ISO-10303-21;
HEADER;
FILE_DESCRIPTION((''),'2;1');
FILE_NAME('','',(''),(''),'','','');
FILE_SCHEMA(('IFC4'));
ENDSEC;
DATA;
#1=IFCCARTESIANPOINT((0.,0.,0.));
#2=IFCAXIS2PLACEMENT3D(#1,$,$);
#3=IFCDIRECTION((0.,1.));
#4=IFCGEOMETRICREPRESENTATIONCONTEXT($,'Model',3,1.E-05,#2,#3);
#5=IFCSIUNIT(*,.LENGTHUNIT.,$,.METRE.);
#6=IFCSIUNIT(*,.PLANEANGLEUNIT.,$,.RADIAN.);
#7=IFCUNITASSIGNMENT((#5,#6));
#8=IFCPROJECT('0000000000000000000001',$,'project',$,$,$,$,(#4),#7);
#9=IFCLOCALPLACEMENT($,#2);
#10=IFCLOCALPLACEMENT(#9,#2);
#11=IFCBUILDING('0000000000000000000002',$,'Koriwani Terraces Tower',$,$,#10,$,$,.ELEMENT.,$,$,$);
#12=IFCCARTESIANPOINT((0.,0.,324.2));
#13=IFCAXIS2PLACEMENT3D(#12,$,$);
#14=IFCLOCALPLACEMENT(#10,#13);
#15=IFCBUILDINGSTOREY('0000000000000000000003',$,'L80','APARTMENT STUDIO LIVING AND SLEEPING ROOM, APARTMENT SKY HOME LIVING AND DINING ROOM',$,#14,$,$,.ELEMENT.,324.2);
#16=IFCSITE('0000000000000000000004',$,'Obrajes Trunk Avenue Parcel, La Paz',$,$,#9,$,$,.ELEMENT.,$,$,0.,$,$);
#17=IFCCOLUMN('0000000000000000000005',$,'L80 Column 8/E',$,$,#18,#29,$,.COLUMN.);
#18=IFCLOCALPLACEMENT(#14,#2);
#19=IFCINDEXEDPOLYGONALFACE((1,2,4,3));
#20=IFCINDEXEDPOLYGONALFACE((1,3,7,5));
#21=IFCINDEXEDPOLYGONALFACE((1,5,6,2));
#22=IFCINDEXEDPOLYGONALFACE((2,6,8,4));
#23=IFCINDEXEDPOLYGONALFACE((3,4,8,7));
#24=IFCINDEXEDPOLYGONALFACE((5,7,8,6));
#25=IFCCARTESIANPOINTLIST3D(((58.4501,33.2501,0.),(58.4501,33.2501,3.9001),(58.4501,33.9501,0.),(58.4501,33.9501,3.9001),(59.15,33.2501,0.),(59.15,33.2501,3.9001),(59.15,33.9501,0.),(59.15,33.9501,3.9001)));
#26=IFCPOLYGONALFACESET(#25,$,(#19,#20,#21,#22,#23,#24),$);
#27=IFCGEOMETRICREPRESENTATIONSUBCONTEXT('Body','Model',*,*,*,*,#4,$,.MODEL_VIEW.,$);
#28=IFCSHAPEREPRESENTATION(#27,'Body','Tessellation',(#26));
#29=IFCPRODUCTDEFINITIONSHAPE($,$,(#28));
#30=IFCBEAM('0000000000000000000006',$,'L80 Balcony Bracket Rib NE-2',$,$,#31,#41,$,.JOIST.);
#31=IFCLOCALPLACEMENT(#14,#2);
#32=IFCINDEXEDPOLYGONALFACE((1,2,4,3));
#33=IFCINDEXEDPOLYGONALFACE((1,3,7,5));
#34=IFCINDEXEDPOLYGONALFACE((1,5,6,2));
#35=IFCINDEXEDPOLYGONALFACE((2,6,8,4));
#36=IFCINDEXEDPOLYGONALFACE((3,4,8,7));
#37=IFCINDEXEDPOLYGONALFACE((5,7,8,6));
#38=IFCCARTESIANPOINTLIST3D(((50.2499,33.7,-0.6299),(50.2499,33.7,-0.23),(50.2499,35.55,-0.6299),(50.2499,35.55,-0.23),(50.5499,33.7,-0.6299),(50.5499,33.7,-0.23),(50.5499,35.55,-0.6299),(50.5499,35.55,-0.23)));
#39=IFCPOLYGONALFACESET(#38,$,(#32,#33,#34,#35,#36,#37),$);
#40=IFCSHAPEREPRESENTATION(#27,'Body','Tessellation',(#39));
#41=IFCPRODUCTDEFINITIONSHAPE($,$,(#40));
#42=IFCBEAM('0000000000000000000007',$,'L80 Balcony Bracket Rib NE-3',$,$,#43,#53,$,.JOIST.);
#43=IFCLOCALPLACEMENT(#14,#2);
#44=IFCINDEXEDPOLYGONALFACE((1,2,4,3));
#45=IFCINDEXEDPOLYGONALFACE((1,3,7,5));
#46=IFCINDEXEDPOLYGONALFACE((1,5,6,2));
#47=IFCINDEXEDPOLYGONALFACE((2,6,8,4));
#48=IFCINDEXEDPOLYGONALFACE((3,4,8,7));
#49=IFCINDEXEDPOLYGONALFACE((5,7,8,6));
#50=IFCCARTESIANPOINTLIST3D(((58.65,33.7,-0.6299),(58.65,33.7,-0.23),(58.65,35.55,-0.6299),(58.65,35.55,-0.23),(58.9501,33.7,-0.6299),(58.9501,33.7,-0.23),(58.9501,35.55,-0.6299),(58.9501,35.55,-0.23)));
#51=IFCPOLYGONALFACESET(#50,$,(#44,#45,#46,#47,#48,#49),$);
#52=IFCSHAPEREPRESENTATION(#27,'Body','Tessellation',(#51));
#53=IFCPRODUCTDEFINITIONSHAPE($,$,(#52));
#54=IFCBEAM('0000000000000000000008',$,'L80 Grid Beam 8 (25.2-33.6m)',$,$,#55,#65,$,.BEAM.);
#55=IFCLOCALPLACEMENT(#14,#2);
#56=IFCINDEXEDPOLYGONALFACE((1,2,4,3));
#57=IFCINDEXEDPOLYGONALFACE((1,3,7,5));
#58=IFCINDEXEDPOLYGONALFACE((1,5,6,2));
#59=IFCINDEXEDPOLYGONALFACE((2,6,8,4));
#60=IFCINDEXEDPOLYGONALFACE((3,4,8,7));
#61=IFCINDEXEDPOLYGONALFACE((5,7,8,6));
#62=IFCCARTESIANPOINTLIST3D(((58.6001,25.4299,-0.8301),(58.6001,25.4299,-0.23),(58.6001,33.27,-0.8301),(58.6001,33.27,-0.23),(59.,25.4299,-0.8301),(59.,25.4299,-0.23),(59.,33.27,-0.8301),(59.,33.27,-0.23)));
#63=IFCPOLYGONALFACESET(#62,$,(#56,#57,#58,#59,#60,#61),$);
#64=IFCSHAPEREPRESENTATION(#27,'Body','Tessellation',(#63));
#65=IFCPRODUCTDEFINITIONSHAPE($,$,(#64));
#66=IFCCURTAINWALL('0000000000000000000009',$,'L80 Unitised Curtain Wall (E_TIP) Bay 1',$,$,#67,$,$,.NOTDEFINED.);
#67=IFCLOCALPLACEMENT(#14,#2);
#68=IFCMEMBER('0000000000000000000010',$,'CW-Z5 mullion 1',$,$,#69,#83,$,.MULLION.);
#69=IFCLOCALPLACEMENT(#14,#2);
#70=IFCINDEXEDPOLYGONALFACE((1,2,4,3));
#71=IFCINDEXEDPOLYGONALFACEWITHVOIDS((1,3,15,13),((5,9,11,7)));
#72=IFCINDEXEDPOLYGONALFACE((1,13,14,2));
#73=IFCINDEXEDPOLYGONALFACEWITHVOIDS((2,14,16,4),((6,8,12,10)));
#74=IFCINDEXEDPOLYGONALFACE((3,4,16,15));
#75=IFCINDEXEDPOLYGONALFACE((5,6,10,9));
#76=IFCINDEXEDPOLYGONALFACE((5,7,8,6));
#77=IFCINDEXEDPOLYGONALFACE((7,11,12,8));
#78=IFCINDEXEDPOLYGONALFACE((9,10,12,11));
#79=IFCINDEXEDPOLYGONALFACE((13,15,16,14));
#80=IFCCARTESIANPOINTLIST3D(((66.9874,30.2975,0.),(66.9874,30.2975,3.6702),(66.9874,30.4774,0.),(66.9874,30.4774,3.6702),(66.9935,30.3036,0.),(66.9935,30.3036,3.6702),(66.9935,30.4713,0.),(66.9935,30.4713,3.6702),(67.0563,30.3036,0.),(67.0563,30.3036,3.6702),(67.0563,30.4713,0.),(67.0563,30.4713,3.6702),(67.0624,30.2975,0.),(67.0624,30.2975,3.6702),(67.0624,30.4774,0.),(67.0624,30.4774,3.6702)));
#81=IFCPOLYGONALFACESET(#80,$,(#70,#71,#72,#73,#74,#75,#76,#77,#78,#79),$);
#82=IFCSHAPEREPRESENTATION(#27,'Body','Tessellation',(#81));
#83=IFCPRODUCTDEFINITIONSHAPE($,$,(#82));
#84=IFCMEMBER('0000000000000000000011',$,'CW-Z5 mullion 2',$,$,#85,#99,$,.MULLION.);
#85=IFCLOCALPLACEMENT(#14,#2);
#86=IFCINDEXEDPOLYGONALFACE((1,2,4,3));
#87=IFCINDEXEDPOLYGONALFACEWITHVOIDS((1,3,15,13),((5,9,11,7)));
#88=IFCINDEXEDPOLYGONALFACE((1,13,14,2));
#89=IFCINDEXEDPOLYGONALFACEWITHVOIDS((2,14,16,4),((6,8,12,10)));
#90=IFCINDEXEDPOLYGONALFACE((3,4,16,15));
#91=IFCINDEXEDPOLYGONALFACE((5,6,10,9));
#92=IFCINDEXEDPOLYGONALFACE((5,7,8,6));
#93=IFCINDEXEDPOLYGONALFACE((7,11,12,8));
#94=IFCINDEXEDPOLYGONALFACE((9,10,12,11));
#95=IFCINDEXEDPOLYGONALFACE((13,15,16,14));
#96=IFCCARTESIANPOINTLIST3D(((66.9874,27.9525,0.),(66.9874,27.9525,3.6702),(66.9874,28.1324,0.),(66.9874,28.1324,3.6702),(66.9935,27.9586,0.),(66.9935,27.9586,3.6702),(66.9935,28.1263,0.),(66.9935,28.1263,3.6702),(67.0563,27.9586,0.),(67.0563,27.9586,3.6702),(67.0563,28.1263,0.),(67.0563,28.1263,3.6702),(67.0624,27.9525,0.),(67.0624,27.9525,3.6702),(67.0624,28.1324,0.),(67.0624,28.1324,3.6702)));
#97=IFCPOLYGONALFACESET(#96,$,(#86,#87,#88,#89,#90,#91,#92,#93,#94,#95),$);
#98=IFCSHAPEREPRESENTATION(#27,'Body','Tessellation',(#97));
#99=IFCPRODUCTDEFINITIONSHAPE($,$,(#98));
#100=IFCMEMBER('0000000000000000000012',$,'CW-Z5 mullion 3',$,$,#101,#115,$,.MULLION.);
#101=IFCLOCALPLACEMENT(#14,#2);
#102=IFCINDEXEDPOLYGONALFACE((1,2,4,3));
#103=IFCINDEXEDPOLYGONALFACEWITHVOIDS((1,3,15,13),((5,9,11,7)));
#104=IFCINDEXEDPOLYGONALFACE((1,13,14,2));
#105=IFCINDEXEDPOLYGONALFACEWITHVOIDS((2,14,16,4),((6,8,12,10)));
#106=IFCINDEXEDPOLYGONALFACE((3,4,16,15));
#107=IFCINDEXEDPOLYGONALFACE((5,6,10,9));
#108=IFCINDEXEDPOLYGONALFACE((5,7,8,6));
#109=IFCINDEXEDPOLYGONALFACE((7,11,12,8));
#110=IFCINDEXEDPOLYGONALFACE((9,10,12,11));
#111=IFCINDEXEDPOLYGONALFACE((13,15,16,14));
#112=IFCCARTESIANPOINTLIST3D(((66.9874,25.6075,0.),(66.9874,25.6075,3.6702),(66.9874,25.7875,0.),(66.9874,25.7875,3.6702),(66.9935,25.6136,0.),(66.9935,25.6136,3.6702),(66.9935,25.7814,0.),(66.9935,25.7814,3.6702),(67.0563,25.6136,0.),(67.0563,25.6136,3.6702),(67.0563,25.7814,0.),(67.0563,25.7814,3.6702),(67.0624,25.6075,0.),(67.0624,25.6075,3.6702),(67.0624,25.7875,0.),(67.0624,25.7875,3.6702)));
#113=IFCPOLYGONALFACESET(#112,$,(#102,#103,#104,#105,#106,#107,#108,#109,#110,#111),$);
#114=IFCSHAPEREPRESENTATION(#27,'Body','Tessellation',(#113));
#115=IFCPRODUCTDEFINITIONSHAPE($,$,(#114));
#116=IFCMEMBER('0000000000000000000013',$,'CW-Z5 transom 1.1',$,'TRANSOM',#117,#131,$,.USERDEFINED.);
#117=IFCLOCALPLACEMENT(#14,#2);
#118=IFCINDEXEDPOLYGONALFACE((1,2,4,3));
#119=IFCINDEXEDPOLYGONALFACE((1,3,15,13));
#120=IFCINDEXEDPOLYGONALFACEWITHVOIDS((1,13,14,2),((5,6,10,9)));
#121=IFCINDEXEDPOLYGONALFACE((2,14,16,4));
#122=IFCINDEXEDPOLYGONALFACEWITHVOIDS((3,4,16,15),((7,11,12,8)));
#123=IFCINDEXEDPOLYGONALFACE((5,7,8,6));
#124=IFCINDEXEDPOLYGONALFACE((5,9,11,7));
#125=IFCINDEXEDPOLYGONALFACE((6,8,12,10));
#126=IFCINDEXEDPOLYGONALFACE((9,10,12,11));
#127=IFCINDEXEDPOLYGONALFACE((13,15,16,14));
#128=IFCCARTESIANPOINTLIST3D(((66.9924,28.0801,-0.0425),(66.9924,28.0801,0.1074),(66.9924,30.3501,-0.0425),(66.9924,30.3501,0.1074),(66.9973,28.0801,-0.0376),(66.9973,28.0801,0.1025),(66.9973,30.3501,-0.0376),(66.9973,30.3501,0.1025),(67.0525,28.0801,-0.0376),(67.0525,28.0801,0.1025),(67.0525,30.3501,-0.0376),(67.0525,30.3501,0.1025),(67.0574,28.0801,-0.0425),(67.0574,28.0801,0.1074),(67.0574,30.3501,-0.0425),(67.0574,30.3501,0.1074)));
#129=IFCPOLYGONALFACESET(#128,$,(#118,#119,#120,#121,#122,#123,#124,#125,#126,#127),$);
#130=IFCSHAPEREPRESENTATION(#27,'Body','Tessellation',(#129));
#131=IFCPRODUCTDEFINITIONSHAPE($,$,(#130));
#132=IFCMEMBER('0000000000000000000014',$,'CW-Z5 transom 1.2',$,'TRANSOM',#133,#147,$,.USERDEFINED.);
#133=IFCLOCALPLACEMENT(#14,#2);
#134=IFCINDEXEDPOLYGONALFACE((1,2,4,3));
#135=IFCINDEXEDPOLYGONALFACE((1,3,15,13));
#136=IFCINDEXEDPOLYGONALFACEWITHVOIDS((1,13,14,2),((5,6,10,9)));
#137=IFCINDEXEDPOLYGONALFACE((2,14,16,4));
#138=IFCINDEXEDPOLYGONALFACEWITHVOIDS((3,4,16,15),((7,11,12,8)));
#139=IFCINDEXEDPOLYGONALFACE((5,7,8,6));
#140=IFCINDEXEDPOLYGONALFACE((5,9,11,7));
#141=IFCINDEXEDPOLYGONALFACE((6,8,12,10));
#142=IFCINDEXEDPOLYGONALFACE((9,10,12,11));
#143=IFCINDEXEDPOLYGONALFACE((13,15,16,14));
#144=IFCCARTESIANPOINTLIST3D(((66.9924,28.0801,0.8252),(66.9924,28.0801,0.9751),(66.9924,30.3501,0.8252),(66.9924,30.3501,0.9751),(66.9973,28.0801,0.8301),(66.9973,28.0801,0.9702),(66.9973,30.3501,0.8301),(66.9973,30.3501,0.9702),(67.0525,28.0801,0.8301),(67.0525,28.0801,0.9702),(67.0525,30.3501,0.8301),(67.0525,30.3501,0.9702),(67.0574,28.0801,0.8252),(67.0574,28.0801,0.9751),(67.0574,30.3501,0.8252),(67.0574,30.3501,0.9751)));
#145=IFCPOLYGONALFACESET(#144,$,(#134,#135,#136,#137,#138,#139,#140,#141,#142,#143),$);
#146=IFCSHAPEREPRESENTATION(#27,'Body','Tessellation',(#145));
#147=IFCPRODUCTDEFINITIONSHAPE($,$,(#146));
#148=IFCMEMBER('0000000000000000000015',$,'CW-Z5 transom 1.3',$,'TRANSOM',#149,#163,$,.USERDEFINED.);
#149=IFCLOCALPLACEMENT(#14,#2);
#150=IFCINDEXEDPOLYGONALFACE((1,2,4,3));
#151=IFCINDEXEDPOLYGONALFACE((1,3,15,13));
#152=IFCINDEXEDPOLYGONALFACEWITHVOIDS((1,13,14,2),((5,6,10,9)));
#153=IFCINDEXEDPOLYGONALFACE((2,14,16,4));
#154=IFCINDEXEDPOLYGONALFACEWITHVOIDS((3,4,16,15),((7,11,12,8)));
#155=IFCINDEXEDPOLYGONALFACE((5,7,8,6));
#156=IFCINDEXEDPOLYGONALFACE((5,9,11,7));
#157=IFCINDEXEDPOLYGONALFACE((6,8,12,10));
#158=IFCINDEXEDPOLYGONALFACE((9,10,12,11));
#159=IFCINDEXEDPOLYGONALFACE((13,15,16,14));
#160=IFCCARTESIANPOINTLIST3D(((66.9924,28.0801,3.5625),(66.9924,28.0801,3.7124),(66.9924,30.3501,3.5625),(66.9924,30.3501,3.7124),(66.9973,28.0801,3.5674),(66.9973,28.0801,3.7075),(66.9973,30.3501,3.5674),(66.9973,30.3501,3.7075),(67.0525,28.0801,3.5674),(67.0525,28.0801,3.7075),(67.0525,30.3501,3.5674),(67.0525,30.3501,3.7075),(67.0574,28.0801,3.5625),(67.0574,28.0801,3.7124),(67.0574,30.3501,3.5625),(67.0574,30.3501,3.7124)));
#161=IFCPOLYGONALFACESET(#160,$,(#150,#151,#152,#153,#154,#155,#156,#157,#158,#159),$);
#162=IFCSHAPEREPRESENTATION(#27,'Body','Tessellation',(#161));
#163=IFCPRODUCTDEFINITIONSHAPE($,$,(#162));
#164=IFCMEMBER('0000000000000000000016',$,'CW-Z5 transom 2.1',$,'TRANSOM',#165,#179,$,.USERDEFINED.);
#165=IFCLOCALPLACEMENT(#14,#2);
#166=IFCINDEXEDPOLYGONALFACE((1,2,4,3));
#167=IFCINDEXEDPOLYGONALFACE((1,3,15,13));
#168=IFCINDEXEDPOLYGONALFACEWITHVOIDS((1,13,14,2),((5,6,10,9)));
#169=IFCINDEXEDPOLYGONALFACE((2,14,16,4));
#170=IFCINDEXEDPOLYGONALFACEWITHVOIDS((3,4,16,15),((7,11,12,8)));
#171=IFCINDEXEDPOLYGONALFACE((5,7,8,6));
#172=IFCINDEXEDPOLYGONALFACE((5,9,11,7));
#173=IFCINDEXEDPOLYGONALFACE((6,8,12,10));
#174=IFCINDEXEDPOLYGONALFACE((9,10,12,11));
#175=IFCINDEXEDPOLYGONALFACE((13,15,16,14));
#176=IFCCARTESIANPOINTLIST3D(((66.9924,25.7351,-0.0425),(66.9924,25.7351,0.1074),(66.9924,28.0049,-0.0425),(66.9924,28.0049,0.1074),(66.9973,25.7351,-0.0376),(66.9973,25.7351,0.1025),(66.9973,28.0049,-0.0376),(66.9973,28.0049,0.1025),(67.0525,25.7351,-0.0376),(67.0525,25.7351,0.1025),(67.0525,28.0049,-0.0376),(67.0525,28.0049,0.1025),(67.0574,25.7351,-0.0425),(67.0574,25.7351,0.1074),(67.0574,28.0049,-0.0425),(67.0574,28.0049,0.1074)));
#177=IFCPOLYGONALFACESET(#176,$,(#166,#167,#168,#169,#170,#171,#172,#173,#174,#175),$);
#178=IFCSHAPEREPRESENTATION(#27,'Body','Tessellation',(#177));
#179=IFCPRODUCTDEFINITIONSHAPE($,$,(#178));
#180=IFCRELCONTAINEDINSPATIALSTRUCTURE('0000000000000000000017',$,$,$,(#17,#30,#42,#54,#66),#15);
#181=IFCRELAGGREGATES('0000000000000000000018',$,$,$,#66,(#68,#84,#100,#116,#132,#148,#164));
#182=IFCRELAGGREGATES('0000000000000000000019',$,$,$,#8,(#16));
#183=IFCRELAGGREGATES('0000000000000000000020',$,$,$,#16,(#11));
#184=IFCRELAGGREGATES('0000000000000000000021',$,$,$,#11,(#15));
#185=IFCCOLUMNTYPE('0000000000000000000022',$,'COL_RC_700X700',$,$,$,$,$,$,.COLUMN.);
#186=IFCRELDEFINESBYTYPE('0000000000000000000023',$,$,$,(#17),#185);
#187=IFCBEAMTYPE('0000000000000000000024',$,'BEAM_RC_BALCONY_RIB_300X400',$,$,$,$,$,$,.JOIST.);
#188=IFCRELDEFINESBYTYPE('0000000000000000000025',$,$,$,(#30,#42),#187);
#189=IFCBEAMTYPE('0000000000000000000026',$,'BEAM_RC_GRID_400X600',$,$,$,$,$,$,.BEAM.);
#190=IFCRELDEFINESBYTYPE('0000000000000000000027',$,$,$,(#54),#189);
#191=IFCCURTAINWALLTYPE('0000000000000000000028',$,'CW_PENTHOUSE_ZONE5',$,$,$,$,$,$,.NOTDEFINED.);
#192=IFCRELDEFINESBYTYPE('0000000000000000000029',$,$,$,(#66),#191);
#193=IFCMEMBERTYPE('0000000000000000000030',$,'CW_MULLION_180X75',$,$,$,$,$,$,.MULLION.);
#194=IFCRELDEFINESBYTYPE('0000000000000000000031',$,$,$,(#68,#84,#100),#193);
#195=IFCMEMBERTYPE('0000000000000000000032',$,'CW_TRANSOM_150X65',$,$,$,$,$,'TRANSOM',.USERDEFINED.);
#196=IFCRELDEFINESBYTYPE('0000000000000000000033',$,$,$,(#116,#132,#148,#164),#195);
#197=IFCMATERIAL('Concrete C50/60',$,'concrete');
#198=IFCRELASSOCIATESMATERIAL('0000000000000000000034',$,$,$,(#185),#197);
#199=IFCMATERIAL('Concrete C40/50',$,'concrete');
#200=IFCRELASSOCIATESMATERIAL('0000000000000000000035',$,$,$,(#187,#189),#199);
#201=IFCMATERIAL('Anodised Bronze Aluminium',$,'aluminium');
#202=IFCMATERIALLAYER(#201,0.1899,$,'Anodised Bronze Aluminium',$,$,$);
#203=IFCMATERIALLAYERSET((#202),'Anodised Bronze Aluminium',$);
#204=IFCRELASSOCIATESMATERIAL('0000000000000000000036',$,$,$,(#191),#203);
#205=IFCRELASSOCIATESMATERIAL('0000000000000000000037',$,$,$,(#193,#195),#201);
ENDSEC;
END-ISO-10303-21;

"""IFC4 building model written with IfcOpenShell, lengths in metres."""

from ifc_helpers import new_model, si_unit, direction, frame, origin, origin_2d, place, context, subcontext, project, spatial, rectangle, hollow_rectangle, extrude, material, layer, layer_set, material_profile, profile_set, type_object, element, aggregate, save


model = new_model("IFC4")

# Units and contexts
model_context = context("Model", 3, precision=1e-05, world=origin(), true_north=direction((0.0, 1.0)))
body_context = subcontext(model_context, "Body", "Model", "MODEL_VIEW")
ifc_project = project(units=[si_unit("LENGTHUNIT", "METRE"), si_unit("PLANEANGLEUNIT", "RADIAN")], contexts=[model_context])

# Site, building, storey
site_placement = place(None, origin())
site = spatial("IfcSite", under=ifc_project, at=site_placement, Name="Obrajes Trunk Avenue Parcel, La Paz", CompositionType="ELEMENT", RefElevation=0.0)
building_placement = place(site_placement, origin())
building = spatial("IfcBuilding", under=site, at=building_placement, Name="Koriwani Terraces Tower", CompositionType="ELEMENT")
storey_placement = place(building_placement, frame((0.0, 0.0, 324.2)))
storey = spatial("IfcBuildingStorey", under=building, at=storey_placement, Name="L80", Description="APARTMENT STUDIO LIVING AND SLEEPING ROOM, APARTMENT SKY HOME LIVING AND DINING ROOM", CompositionType="ELEMENT", Elevation=324.2)

# Column
ifc_material_1 = material(Name="Concrete C50/60", Category="concrete")
ifc_material_profile_1 = material_profile(ifc_material_1, rectangle(XDim=0.7, YDim=0.7, at=origin_2d()), Name="Concrete C50/60", Category="LoadBearing")
ifc_profile_set_1 = profile_set([ifc_material_profile_1], Name="Concrete C50/60")
column_type = type_object("IfcColumnType", Name="COL_RC_700X700", PredefinedType="COLUMN", material=ifc_profile_set_1)
column_placement = place(storey_placement, frame((58.8, 33.6001, 0.0), z_axis=(0.0, 0.0, 1.0), x_axis=(1.0, 0.0, 0.0)))
element("IfcColumn", 1, at=column_placement, inside=storey, type_object=column_type, Name="L80 Column 8/E", PredefinedType="COLUMN", context=body_context, shape_type="SweptSolid", body=[
    extrude(rectangle(XDim=0.7, YDim=0.7, at=origin_2d()), origin(), (0.0, 0.0, 1.0), 3.9001),
])

# Beams
ifc_material_2 = material(Name="Concrete C40/50", Category="concrete")
ifc_material_profile_2 = material_profile(ifc_material_2, rectangle(XDim=0.3, YDim=0.3999, at=origin_2d()), Name="Concrete C40/50", Category="LoadBearing")
ifc_profile_set_2 = profile_set([ifc_material_profile_2], Name="Concrete C40/50")
beam_type_1 = type_object("IfcBeamType", Name="BEAM_RC_BALCONY_RIB_300X400", PredefinedType="JOIST", material=ifc_profile_set_2)
for number, where, z_axis, x_axis, name in (
    (2, (50.3999, 33.7, -0.4299), (0.0, 1.0, 0.0), (-1.0, 0.0, 0.0), "L80 Balcony Bracket Rib NE-2"),
    (3, (58.8, 33.7, -0.4299), (0.0, 1.0, 0.0), (-1.0, 0.0, 0.0), "L80 Balcony Bracket Rib NE-3"),
):
    element("IfcBeam", number, at=place(storey_placement, frame(where, z_axis=z_axis, x_axis=x_axis)), inside=storey, type_object=beam_type_1, Name=name, PredefinedType="JOIST", context=body_context, shape_type="SweptSolid", body=[
        extrude(rectangle(XDim=0.3, YDim=0.3999, at=origin_2d()), origin(), (0.0, 0.0, 1.0), 1.8501),
    ])
ifc_material_profile_3 = material_profile(ifc_material_2, rectangle(XDim=0.3999, YDim=0.6001, at=origin_2d()), Name="Concrete C40/50", Category="LoadBearing")
ifc_profile_set_3 = profile_set([ifc_material_profile_3], Name="Concrete C40/50")
beam_type_2 = type_object("IfcBeamType", Name="BEAM_RC_GRID_400X600", PredefinedType="BEAM", material=ifc_profile_set_3)
beam_placement = place(storey_placement, frame((58.8, 25.4299, -0.53), z_axis=(0.0, 1.0, 0.0), x_axis=(-1.0, 0.0, 0.0)))
element("IfcBeam", 4, at=beam_placement, inside=storey, type_object=beam_type_2, Name="L80 Grid Beam 8 (25.2-33.6m)", PredefinedType="BEAM", context=body_context, shape_type="SweptSolid", body=[
    extrude(rectangle(XDim=0.3999, YDim=0.6001, at=origin_2d()), origin(), (0.0, 0.0, 1.0), 7.8401),
])

# Curtain wall, members
ifc_material_3 = material(Name="Anodised Bronze Aluminium", Category="aluminium")
ifc_layer_1 = layer(ifc_material_3, 0.1899, Name="Anodised Bronze Aluminium")
ifc_layer_set_1 = layer_set([ifc_layer_1], Name="Anodised Bronze Aluminium")
curtain_wall_type = type_object("IfcCurtainWallType", Name="CW_PENTHOUSE_ZONE5", PredefinedType="NOTDEFINED", material=ifc_layer_set_1)
curtain_wall_placement = place(storey_placement, origin())
curtain_wall = element("IfcCurtainWall", 5, at=curtain_wall_placement, inside=storey, type_object=curtain_wall_type, Name="L80 Unitised Curtain Wall (E_TIP) Bay 1", PredefinedType="NOTDEFINED")
ifc_material_profile_4 = material_profile(ifc_material_3, hollow_rectangle(XDim=0.075, YDim=0.1799, WallThickness=0.0061, at=origin_2d()), Name="Anodised Bronze Aluminium", Category="LoadBearing")
ifc_profile_set_4 = profile_set([ifc_material_profile_4], Name="Anodised Bronze Aluminium")
member_type_1 = type_object("IfcMemberType", Name="CW_MULLION_180X75", PredefinedType="MULLION", material=ifc_profile_set_4)
member_1_placement = place(storey_placement, frame((67.0249, 30.3875, 0.0), z_axis=(0.0, 0.0, 1.0), x_axis=(1.0, 0.0, 0.0)))
member_1 = element("IfcMember", 6, at=member_1_placement, type_object=member_type_1, Name="CW-Z5 mullion 1", PredefinedType="MULLION", context=body_context, shape_type="SweptSolid", body=[
    extrude(hollow_rectangle(XDim=0.075, YDim=0.1799, WallThickness=0.0061, at=origin_2d()), origin(), (0.0, 0.0, 1.0), 3.6702),
])
member_2_placement = place(storey_placement, frame((67.0249, 28.0425, 0.0), z_axis=(0.0, 0.0, 1.0), x_axis=(1.0, 0.0, 0.0)))
member_2 = element("IfcMember", 7, at=member_2_placement, type_object=member_type_1, Name="CW-Z5 mullion 2", PredefinedType="MULLION", context=body_context, shape_type="SweptSolid", body=[
    extrude(hollow_rectangle(XDim=0.075, YDim=0.1799, WallThickness=0.0061, at=origin_2d()), origin(), (0.0, 0.0, 1.0), 3.6702),
])
member_3_placement = place(storey_placement, frame((67.0249, 25.6975, 0.0), z_axis=(0.0, 0.0, 1.0), x_axis=(1.0, 0.0, 0.0)))
member_3 = element("IfcMember", 8, at=member_3_placement, type_object=member_type_1, Name="CW-Z5 mullion 3", PredefinedType="MULLION", context=body_context, shape_type="SweptSolid", body=[
    extrude(hollow_rectangle(XDim=0.075, YDim=0.1799, WallThickness=0.0061, at=origin_2d()), origin(), (0.0, 0.0, 1.0), 3.6702),
])
ifc_material_profile_5 = material_profile(ifc_material_3, hollow_rectangle(XDim=0.0649, YDim=0.1499, WallThickness=0.0049, at=origin_2d()), Name="Anodised Bronze Aluminium", Category="LoadBearing")
ifc_profile_set_5 = profile_set([ifc_material_profile_5], Name="Anodised Bronze Aluminium")
member_type_2 = type_object("IfcMemberType", Name="CW_TRANSOM_150X65", ElementType="TRANSOM", PredefinedType="USERDEFINED", material=ifc_profile_set_5)
member_4_placement = place(storey_placement, frame((67.0249, 30.3501, 0.0325), z_axis=(0.0, -1.0, 0.0), x_axis=(1.0, 0.0, 0.0)))
member_4 = element("IfcMember", 9, at=member_4_placement, type_object=member_type_2, Name="CW-Z5 transom 1.1", ObjectType="TRANSOM", PredefinedType="USERDEFINED", context=body_context, shape_type="SweptSolid", body=[
    extrude(hollow_rectangle(XDim=0.0649, YDim=0.1499, WallThickness=0.0049, at=origin_2d()), origin(), (0.0, 0.0, 1.0), 2.27),
])
member_5_placement = place(storey_placement, frame((67.0249, 30.3501, 0.9001), z_axis=(0.0, -1.0, 0.0), x_axis=(1.0, 0.0, 0.0)))
member_5 = element("IfcMember", 10, at=member_5_placement, type_object=member_type_2, Name="CW-Z5 transom 1.2", ObjectType="TRANSOM", PredefinedType="USERDEFINED", context=body_context, shape_type="SweptSolid", body=[
    extrude(hollow_rectangle(XDim=0.0649, YDim=0.1499, WallThickness=0.0049, at=origin_2d()), origin(), (0.0, 0.0, 1.0), 2.27),
])
member_6_placement = place(storey_placement, frame((67.0249, 30.3501, 3.6375), z_axis=(0.0, -1.0, 0.0), x_axis=(1.0, 0.0, 0.0)))
member_6 = element("IfcMember", 11, at=member_6_placement, type_object=member_type_2, Name="CW-Z5 transom 1.3", ObjectType="TRANSOM", PredefinedType="USERDEFINED", context=body_context, shape_type="SweptSolid", body=[
    extrude(hollow_rectangle(XDim=0.0649, YDim=0.1499, WallThickness=0.0049, at=origin_2d()), origin(), (0.0, 0.0, 1.0), 2.27),
])
member_7_placement = place(storey_placement, frame((67.0249, 28.0049, 0.0325), z_axis=(0.0, -1.0, 0.0), x_axis=(1.0, 0.0, 0.0)))
member_7 = element("IfcMember", 12, at=member_7_placement, type_object=member_type_2, Name="CW-Z5 transom 2.1", ObjectType="TRANSOM", PredefinedType="USERDEFINED", context=body_context, shape_type="SweptSolid", body=[
    extrude(hollow_rectangle(XDim=0.0649, YDim=0.1499, WallThickness=0.0049, at=origin_2d()), origin(), (0.0, 0.0, 1.0), 2.2698),
])
aggregate(curtain_wall, [member_1, member_2, member_3, member_4, member_5, member_6, member_7])

save(model, "model.ifc")
